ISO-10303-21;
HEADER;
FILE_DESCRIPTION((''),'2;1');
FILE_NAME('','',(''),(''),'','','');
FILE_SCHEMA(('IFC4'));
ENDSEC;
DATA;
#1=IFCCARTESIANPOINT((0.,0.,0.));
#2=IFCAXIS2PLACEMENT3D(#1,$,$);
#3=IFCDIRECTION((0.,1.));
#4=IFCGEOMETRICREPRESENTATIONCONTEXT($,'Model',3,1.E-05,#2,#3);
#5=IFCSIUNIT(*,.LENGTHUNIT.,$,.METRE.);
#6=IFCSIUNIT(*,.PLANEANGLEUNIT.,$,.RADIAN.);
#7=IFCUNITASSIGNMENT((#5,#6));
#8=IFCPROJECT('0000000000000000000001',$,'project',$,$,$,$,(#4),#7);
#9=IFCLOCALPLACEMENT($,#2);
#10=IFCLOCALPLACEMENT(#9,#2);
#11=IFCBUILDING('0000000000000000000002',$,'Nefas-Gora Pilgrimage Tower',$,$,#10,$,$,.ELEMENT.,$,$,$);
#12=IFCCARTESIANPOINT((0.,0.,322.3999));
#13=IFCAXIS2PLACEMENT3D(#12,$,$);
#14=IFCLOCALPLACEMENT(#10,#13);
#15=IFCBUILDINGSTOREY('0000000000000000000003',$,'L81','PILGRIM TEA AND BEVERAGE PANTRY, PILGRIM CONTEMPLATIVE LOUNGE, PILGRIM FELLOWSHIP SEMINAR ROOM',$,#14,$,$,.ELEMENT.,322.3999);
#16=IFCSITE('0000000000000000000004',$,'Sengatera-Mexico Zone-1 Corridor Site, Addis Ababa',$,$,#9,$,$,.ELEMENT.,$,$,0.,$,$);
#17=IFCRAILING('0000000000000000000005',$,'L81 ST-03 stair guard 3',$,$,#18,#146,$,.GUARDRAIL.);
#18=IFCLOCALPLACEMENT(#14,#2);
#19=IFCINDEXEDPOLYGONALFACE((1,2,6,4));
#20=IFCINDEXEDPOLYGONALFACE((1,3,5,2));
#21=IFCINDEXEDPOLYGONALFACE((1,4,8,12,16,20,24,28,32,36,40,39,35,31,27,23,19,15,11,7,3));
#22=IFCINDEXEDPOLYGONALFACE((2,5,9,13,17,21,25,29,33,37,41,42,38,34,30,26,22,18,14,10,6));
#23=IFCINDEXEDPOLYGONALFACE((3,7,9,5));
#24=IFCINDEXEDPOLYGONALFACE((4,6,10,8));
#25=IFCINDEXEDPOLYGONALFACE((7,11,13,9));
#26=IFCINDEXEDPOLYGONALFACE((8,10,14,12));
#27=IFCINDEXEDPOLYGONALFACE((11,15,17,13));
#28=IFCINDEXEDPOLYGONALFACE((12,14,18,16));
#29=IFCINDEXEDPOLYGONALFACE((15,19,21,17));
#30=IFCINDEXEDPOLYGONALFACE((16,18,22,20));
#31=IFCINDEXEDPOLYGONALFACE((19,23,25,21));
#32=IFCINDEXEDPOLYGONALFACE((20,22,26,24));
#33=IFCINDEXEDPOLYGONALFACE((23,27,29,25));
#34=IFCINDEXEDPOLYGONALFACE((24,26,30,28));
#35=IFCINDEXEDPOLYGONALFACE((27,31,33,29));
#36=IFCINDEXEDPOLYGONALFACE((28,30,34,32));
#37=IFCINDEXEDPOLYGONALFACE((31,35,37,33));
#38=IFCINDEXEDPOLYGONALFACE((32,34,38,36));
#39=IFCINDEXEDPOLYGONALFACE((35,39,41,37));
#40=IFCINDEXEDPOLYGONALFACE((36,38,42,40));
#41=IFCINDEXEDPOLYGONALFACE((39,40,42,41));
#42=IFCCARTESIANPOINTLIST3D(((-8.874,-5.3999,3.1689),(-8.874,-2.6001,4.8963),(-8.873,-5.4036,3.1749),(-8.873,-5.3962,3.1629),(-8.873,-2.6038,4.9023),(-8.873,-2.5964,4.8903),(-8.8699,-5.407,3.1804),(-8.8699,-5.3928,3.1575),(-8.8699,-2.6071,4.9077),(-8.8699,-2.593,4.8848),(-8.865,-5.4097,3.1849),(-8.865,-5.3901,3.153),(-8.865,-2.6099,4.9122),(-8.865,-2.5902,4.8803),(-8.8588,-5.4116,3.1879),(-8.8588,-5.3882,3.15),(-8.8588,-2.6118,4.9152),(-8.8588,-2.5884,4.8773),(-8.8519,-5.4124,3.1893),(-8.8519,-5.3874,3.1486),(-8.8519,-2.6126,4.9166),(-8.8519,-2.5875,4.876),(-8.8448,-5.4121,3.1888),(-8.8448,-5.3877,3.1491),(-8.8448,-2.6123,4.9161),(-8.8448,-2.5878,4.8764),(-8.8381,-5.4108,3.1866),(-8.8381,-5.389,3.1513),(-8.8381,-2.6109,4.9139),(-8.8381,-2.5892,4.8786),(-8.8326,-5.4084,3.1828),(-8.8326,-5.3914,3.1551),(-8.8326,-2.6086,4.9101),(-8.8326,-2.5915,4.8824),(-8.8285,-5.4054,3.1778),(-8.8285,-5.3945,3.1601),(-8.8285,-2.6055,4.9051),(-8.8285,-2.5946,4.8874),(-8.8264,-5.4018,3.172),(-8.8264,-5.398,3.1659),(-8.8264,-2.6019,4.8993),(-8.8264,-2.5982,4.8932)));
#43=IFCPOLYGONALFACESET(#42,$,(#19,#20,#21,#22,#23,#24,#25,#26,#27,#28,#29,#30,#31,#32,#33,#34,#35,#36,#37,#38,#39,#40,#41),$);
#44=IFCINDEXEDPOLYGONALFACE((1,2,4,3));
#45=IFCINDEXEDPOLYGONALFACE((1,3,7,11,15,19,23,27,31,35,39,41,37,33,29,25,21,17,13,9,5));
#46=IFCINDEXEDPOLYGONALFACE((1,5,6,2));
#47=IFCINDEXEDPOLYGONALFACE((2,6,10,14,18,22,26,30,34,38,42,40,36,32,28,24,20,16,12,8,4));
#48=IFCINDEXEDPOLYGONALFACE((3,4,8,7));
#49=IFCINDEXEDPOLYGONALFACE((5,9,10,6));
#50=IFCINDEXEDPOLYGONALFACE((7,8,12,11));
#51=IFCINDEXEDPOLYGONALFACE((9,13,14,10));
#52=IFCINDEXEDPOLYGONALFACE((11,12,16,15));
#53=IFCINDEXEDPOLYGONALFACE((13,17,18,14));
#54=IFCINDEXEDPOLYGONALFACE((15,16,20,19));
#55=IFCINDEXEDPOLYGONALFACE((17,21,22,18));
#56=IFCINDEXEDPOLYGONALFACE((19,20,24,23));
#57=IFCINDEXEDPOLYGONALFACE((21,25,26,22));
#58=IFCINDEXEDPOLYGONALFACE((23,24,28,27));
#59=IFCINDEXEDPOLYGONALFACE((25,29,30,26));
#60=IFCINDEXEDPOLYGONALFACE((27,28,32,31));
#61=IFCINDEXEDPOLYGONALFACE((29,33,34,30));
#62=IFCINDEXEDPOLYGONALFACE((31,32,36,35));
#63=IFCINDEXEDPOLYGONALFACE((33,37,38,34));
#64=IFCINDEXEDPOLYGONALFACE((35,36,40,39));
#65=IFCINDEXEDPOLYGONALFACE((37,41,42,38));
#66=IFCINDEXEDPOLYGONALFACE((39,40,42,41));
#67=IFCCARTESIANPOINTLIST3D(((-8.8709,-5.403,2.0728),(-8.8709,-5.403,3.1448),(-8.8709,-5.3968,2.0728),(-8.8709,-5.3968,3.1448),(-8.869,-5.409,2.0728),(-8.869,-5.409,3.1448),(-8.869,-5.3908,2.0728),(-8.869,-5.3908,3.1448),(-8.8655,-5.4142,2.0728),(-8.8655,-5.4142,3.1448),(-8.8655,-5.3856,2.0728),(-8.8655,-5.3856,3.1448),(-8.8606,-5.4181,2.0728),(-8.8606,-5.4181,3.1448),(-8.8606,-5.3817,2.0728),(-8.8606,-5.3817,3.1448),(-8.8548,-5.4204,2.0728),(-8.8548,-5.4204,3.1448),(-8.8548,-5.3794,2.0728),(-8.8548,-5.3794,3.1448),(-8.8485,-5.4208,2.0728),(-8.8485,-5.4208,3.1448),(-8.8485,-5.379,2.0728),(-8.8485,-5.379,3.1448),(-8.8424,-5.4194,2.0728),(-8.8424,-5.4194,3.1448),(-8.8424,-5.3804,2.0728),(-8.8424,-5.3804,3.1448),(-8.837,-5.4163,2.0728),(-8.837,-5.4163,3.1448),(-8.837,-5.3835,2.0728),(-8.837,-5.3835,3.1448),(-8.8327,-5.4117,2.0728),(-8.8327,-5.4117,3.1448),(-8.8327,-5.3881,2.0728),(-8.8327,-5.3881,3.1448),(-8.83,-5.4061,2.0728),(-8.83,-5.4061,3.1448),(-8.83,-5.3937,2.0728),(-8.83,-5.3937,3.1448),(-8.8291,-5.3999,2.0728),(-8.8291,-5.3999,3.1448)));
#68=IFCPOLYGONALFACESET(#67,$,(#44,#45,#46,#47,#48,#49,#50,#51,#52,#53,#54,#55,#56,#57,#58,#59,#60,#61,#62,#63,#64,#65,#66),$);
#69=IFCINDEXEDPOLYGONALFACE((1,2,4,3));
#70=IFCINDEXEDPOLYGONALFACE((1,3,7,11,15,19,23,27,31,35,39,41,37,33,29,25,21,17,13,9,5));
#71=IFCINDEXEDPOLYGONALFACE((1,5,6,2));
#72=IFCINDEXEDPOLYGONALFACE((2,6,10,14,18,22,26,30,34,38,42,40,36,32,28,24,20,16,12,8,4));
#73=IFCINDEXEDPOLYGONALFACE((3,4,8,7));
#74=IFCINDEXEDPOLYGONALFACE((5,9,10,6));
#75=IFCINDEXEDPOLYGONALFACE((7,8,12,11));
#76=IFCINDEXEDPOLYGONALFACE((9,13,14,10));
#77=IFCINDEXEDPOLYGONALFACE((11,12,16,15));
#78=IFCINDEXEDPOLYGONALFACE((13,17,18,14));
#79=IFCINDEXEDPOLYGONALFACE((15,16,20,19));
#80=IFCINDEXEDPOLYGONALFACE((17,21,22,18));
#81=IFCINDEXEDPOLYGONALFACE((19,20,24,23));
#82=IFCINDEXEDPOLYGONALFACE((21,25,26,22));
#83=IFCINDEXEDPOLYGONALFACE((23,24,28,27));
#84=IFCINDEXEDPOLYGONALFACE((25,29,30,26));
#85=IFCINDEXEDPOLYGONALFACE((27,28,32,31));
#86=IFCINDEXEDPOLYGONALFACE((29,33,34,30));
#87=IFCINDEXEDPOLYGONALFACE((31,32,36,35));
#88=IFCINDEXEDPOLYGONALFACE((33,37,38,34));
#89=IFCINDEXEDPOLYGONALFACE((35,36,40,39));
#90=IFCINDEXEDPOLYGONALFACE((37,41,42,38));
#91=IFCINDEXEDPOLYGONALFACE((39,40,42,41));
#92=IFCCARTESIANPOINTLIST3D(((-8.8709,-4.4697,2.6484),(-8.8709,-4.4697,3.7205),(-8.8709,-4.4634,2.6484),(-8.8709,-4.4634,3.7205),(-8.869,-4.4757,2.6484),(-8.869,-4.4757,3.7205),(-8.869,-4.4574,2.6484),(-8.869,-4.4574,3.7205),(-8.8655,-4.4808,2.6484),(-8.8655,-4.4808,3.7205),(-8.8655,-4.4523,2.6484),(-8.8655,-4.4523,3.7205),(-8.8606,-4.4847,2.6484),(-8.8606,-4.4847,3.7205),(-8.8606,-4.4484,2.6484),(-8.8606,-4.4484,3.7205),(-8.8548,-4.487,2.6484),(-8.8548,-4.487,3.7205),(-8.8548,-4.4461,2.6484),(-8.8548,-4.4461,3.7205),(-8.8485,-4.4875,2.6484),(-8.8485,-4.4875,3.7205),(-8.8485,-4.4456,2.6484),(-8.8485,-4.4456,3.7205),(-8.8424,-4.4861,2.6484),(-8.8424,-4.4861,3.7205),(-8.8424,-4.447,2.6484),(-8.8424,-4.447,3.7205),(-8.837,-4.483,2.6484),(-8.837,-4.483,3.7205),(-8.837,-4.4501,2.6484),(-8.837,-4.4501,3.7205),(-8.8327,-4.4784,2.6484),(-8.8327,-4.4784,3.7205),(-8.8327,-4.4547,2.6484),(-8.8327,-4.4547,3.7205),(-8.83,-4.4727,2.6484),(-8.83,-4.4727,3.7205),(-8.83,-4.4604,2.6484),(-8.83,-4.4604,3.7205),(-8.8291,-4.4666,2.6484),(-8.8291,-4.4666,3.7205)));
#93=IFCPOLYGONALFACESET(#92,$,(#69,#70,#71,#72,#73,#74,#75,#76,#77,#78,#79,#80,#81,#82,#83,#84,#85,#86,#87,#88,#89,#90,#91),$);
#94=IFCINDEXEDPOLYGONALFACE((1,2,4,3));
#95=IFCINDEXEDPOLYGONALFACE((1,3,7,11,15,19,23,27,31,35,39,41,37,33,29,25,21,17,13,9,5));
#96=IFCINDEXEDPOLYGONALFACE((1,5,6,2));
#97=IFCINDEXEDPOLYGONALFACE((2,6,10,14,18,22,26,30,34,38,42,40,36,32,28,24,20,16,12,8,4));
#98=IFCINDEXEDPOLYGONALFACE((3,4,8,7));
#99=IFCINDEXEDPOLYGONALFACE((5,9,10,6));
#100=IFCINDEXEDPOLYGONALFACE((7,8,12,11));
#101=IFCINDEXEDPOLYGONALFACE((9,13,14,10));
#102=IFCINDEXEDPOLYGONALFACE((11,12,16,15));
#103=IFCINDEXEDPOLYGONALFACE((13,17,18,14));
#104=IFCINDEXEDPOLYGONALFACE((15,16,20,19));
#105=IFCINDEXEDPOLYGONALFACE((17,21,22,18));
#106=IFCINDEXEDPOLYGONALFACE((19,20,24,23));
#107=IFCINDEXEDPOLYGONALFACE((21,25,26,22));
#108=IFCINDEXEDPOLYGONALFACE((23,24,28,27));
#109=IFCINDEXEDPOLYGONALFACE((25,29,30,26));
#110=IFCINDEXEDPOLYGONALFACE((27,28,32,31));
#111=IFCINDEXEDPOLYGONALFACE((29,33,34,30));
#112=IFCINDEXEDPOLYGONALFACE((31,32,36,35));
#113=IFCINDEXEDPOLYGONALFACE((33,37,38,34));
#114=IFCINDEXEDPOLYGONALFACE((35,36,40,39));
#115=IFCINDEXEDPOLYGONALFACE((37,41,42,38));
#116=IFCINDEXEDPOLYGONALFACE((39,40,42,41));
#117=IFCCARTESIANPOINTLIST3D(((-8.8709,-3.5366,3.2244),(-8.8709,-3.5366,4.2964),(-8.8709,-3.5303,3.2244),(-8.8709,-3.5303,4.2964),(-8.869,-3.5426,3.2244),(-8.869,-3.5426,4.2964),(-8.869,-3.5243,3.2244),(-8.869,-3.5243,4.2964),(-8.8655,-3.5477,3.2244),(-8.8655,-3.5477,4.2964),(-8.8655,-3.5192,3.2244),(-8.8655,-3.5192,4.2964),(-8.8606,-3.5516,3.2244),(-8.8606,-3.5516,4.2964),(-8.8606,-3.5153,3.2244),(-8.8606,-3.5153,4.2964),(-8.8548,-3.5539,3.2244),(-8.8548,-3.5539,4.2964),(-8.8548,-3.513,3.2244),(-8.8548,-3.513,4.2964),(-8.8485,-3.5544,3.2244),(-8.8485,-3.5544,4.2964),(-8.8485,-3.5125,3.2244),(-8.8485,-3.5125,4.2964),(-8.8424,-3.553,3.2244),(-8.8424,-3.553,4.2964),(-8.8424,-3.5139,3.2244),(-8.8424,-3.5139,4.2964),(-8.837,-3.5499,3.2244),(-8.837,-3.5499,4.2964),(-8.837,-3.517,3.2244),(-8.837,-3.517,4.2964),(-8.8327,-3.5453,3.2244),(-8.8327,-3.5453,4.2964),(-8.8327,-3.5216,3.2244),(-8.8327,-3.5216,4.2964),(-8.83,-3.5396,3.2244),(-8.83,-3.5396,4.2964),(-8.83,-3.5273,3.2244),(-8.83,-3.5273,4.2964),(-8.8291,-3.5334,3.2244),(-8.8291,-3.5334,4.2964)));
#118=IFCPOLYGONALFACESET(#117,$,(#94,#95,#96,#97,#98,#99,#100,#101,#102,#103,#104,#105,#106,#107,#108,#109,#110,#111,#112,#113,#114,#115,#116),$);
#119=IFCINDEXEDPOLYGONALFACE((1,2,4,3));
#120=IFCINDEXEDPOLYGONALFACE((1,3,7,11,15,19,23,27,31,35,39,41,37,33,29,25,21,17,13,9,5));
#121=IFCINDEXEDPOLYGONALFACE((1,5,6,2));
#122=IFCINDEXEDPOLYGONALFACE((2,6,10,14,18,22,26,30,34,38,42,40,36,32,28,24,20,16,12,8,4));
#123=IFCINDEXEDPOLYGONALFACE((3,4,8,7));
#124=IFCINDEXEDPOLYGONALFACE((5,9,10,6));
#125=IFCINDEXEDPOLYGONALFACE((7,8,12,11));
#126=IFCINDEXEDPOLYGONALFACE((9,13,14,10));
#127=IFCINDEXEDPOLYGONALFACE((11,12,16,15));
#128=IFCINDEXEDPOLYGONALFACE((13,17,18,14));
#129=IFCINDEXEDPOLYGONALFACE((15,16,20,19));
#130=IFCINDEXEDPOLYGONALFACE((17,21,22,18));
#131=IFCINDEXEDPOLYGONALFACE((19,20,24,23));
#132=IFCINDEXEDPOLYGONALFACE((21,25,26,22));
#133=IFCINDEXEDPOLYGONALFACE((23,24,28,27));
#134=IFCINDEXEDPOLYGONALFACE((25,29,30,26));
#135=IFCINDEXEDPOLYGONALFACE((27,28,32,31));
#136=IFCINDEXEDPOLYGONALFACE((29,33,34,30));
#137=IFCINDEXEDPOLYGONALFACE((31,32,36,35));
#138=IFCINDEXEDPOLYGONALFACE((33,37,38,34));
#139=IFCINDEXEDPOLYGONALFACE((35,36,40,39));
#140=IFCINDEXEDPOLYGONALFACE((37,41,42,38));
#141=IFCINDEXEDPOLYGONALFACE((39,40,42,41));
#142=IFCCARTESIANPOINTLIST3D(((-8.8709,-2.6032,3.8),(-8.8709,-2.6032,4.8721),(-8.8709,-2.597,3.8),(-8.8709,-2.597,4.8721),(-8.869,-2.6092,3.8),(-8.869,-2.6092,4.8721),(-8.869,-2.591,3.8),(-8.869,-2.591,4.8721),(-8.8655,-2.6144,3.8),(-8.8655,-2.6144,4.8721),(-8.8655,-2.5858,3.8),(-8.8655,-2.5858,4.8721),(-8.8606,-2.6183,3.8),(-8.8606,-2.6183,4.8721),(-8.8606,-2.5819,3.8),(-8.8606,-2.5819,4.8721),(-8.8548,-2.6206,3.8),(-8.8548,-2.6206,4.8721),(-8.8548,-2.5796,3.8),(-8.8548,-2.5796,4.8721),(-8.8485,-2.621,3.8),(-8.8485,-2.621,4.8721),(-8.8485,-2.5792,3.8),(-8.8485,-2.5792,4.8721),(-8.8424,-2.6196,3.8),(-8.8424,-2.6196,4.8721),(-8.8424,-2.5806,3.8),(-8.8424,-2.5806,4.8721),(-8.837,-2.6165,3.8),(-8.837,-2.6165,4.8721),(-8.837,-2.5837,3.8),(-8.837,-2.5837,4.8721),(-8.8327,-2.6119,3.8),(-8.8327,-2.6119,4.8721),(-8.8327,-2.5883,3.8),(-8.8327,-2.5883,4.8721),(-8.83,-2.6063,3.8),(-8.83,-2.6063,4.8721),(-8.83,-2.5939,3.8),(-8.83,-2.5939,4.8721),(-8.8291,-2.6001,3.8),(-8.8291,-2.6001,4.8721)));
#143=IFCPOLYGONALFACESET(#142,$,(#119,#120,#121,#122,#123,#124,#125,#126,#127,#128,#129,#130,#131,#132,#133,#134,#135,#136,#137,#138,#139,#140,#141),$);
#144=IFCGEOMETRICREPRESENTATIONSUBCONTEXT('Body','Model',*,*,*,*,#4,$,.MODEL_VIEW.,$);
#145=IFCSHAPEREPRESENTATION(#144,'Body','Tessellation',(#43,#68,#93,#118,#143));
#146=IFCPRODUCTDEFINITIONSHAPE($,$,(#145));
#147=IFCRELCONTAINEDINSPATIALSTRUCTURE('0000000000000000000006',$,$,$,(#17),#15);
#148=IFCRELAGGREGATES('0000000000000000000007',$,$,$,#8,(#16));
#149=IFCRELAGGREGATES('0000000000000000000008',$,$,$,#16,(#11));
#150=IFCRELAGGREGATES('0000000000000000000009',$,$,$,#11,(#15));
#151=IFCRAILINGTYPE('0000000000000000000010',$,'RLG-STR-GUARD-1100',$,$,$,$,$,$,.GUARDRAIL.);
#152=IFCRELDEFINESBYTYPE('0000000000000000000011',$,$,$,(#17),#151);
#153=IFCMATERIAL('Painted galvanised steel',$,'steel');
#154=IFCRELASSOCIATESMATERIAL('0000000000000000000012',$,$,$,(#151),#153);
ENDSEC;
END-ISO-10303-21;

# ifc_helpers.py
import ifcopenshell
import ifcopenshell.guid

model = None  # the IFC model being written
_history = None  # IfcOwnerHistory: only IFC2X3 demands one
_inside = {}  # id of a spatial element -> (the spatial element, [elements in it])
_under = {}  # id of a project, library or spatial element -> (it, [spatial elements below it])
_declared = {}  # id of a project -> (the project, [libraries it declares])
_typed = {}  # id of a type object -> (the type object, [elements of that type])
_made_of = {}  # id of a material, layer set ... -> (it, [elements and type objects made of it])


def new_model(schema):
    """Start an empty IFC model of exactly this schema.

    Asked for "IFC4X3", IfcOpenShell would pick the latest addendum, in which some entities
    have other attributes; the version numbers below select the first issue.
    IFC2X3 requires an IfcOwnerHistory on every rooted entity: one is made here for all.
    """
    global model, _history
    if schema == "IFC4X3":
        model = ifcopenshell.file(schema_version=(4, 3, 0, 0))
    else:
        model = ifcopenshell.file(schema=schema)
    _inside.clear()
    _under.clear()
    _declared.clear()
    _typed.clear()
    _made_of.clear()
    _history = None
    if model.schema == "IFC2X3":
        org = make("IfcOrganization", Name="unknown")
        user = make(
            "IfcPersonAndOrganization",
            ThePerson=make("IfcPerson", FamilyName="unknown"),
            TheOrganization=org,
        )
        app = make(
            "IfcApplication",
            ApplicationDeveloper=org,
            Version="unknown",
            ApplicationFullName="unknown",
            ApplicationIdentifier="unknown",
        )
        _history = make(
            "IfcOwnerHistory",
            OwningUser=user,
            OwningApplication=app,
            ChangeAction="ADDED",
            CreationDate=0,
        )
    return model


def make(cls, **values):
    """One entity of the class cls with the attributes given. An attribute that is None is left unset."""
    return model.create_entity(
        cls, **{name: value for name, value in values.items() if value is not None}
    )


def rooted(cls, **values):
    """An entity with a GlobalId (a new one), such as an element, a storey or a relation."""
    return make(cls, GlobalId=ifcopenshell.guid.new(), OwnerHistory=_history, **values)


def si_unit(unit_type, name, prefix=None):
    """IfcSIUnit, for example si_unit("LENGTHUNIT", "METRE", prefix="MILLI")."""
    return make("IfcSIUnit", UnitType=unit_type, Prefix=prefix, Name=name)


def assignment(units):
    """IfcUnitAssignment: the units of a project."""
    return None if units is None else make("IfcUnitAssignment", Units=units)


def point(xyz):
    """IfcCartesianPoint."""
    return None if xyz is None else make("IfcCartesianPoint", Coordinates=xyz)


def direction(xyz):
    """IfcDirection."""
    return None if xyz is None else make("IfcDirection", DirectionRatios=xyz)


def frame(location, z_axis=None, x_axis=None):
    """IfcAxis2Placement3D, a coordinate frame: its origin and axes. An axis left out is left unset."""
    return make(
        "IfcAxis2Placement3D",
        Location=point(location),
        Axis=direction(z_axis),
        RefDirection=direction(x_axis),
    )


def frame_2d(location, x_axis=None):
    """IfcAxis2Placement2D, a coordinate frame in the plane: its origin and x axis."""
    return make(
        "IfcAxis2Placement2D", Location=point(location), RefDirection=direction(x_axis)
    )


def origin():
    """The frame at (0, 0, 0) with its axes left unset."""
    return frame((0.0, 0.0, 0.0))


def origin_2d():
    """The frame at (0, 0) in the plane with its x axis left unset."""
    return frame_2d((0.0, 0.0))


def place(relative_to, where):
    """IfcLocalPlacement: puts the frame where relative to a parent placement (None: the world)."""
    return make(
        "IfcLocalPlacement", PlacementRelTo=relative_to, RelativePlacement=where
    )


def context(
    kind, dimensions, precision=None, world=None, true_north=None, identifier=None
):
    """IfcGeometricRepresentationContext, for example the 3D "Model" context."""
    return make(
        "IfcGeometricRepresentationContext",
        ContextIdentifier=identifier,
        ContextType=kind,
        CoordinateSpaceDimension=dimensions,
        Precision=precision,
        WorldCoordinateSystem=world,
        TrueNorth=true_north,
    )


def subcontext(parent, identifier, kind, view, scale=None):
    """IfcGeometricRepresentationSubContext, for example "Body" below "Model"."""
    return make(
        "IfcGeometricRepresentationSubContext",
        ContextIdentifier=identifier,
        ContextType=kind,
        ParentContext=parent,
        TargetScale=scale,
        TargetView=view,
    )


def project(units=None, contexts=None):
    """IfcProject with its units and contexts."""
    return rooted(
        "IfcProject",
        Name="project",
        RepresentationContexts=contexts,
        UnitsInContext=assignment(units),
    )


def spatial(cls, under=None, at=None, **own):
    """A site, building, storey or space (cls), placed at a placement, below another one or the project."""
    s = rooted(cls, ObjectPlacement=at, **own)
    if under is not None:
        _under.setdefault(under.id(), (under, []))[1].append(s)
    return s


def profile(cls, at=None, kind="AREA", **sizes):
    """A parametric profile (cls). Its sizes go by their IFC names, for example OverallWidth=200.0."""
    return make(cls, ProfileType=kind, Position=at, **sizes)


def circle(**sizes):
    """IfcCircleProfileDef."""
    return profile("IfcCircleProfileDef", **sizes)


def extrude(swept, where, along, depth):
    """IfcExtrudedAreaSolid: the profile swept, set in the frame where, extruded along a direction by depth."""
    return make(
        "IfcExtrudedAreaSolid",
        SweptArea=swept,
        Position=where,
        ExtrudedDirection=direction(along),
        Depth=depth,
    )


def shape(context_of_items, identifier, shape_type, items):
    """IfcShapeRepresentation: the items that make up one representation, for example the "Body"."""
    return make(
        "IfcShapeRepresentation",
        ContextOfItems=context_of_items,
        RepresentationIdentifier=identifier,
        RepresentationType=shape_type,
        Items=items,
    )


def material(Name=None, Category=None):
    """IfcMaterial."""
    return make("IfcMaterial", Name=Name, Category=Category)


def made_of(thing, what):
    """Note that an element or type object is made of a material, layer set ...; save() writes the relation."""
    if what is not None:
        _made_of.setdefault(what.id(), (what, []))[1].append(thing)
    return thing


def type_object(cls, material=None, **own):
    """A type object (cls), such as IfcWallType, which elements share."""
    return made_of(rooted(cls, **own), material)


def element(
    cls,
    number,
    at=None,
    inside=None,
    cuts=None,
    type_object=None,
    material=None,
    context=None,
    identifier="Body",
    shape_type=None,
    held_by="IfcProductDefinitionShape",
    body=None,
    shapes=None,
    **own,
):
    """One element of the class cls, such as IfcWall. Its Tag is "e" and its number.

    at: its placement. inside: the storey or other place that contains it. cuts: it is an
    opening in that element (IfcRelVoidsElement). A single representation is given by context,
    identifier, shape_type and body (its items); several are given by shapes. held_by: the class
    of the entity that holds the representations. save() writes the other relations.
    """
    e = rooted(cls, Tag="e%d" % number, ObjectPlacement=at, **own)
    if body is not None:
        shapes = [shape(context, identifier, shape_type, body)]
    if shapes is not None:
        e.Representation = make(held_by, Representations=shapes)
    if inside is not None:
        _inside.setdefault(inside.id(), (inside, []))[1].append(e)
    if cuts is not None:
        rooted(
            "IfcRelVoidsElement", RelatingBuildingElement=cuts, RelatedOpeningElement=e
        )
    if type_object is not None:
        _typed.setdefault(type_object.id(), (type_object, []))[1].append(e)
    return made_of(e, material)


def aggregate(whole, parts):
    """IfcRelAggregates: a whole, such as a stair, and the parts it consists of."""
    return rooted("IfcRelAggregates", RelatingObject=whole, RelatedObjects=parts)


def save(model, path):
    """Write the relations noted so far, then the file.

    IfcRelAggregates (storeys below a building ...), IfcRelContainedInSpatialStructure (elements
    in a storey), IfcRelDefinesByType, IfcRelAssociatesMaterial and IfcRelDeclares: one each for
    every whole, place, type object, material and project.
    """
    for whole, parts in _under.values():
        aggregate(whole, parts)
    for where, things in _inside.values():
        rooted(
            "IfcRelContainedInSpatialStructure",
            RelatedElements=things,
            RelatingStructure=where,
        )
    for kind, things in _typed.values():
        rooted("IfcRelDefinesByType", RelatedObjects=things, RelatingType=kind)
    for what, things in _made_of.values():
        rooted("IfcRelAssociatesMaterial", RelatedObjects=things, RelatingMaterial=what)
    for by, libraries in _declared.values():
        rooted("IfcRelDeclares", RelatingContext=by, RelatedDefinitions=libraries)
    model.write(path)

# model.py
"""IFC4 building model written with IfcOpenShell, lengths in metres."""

from ifc_helpers import new_model, si_unit, direction, frame, origin, origin_2d, place, context, subcontext, project, spatial, circle, extrude, material, type_object, element, save


model = new_model("IFC4")

# Units and contexts
model_context = context("Model", 3, precision=1e-05, world=origin(), true_north=direction((0.0, 1.0)))
body_context = subcontext(model_context, "Body", "Model", "MODEL_VIEW")
ifc_project = project(units=[si_unit("LENGTHUNIT", "METRE"), si_unit("PLANEANGLEUNIT", "RADIAN")], contexts=[model_context])

# Site, building, storey
site_placement = place(None, origin())
site = spatial("IfcSite", under=ifc_project, at=site_placement, Name="Sengatera-Mexico Zone-1 Corridor Site, Addis Ababa", CompositionType="ELEMENT", RefElevation=0.0)
building_placement = place(site_placement, origin())
building = spatial("IfcBuilding", under=site, at=building_placement, Name="Nefas-Gora Pilgrimage Tower", CompositionType="ELEMENT")
storey_placement = place(building_placement, frame((0.0, 0.0, 322.3999)))
storey = spatial("IfcBuildingStorey", under=building, at=storey_placement, Name="L81", Description="PILGRIM TEA AND BEVERAGE PANTRY, PILGRIM CONTEMPLATIVE LOUNGE, PILGRIM FELLOWSHIP SEMINAR ROOM", CompositionType="ELEMENT", Elevation=322.3999)

# Railing
ifc_material_1 = material(Name="Painted galvanised steel", Category="steel")
railing_type_1 = type_object("IfcRailingType", Name="RLG-STR-GUARD-1100", PredefinedType="GUARDRAIL", material=ifc_material_1)
railing_1_placement = place(storey_placement, frame((-8.8501, -5.3999, 2.0728)))
element("IfcRailing", 1, at=railing_1_placement, inside=storey, type_object=railing_type_1, Name="L81 ST-03 stair guard 3", PredefinedType="GUARDRAIL", context=body_context, shape_type="SweptSolid", body=[
    extrude(circle(Radius=0.0239, at=origin_2d()), frame((0.0, 0.0, 1.0962), z_axis=(0.0, 0.851069, 0.525054), x_axis=(-1.0, 0.0, 0.0)), (0.0, 0.0, 1.0), 3.2898),
    extrude(circle(Radius=0.021, at=origin_2d()), origin(), (0.0, 0.0, 1.0), 1.072),
    extrude(circle(Radius=0.021, at=origin_2d()), frame((0.0, 0.9333, 0.5757)), (0.0, 0.0, 1.0), 1.072),
    extrude(circle(Radius=0.021, at=origin_2d()), frame((0.0, 1.8665, 1.1516)), (0.0, 0.0, 1.0), 1.072),
    extrude(circle(Radius=0.021, at=origin_2d()), frame((0.0, 2.7998, 1.7273)), (0.0, 0.0, 1.0), 1.072),
])

save(model, "model.ifc")
